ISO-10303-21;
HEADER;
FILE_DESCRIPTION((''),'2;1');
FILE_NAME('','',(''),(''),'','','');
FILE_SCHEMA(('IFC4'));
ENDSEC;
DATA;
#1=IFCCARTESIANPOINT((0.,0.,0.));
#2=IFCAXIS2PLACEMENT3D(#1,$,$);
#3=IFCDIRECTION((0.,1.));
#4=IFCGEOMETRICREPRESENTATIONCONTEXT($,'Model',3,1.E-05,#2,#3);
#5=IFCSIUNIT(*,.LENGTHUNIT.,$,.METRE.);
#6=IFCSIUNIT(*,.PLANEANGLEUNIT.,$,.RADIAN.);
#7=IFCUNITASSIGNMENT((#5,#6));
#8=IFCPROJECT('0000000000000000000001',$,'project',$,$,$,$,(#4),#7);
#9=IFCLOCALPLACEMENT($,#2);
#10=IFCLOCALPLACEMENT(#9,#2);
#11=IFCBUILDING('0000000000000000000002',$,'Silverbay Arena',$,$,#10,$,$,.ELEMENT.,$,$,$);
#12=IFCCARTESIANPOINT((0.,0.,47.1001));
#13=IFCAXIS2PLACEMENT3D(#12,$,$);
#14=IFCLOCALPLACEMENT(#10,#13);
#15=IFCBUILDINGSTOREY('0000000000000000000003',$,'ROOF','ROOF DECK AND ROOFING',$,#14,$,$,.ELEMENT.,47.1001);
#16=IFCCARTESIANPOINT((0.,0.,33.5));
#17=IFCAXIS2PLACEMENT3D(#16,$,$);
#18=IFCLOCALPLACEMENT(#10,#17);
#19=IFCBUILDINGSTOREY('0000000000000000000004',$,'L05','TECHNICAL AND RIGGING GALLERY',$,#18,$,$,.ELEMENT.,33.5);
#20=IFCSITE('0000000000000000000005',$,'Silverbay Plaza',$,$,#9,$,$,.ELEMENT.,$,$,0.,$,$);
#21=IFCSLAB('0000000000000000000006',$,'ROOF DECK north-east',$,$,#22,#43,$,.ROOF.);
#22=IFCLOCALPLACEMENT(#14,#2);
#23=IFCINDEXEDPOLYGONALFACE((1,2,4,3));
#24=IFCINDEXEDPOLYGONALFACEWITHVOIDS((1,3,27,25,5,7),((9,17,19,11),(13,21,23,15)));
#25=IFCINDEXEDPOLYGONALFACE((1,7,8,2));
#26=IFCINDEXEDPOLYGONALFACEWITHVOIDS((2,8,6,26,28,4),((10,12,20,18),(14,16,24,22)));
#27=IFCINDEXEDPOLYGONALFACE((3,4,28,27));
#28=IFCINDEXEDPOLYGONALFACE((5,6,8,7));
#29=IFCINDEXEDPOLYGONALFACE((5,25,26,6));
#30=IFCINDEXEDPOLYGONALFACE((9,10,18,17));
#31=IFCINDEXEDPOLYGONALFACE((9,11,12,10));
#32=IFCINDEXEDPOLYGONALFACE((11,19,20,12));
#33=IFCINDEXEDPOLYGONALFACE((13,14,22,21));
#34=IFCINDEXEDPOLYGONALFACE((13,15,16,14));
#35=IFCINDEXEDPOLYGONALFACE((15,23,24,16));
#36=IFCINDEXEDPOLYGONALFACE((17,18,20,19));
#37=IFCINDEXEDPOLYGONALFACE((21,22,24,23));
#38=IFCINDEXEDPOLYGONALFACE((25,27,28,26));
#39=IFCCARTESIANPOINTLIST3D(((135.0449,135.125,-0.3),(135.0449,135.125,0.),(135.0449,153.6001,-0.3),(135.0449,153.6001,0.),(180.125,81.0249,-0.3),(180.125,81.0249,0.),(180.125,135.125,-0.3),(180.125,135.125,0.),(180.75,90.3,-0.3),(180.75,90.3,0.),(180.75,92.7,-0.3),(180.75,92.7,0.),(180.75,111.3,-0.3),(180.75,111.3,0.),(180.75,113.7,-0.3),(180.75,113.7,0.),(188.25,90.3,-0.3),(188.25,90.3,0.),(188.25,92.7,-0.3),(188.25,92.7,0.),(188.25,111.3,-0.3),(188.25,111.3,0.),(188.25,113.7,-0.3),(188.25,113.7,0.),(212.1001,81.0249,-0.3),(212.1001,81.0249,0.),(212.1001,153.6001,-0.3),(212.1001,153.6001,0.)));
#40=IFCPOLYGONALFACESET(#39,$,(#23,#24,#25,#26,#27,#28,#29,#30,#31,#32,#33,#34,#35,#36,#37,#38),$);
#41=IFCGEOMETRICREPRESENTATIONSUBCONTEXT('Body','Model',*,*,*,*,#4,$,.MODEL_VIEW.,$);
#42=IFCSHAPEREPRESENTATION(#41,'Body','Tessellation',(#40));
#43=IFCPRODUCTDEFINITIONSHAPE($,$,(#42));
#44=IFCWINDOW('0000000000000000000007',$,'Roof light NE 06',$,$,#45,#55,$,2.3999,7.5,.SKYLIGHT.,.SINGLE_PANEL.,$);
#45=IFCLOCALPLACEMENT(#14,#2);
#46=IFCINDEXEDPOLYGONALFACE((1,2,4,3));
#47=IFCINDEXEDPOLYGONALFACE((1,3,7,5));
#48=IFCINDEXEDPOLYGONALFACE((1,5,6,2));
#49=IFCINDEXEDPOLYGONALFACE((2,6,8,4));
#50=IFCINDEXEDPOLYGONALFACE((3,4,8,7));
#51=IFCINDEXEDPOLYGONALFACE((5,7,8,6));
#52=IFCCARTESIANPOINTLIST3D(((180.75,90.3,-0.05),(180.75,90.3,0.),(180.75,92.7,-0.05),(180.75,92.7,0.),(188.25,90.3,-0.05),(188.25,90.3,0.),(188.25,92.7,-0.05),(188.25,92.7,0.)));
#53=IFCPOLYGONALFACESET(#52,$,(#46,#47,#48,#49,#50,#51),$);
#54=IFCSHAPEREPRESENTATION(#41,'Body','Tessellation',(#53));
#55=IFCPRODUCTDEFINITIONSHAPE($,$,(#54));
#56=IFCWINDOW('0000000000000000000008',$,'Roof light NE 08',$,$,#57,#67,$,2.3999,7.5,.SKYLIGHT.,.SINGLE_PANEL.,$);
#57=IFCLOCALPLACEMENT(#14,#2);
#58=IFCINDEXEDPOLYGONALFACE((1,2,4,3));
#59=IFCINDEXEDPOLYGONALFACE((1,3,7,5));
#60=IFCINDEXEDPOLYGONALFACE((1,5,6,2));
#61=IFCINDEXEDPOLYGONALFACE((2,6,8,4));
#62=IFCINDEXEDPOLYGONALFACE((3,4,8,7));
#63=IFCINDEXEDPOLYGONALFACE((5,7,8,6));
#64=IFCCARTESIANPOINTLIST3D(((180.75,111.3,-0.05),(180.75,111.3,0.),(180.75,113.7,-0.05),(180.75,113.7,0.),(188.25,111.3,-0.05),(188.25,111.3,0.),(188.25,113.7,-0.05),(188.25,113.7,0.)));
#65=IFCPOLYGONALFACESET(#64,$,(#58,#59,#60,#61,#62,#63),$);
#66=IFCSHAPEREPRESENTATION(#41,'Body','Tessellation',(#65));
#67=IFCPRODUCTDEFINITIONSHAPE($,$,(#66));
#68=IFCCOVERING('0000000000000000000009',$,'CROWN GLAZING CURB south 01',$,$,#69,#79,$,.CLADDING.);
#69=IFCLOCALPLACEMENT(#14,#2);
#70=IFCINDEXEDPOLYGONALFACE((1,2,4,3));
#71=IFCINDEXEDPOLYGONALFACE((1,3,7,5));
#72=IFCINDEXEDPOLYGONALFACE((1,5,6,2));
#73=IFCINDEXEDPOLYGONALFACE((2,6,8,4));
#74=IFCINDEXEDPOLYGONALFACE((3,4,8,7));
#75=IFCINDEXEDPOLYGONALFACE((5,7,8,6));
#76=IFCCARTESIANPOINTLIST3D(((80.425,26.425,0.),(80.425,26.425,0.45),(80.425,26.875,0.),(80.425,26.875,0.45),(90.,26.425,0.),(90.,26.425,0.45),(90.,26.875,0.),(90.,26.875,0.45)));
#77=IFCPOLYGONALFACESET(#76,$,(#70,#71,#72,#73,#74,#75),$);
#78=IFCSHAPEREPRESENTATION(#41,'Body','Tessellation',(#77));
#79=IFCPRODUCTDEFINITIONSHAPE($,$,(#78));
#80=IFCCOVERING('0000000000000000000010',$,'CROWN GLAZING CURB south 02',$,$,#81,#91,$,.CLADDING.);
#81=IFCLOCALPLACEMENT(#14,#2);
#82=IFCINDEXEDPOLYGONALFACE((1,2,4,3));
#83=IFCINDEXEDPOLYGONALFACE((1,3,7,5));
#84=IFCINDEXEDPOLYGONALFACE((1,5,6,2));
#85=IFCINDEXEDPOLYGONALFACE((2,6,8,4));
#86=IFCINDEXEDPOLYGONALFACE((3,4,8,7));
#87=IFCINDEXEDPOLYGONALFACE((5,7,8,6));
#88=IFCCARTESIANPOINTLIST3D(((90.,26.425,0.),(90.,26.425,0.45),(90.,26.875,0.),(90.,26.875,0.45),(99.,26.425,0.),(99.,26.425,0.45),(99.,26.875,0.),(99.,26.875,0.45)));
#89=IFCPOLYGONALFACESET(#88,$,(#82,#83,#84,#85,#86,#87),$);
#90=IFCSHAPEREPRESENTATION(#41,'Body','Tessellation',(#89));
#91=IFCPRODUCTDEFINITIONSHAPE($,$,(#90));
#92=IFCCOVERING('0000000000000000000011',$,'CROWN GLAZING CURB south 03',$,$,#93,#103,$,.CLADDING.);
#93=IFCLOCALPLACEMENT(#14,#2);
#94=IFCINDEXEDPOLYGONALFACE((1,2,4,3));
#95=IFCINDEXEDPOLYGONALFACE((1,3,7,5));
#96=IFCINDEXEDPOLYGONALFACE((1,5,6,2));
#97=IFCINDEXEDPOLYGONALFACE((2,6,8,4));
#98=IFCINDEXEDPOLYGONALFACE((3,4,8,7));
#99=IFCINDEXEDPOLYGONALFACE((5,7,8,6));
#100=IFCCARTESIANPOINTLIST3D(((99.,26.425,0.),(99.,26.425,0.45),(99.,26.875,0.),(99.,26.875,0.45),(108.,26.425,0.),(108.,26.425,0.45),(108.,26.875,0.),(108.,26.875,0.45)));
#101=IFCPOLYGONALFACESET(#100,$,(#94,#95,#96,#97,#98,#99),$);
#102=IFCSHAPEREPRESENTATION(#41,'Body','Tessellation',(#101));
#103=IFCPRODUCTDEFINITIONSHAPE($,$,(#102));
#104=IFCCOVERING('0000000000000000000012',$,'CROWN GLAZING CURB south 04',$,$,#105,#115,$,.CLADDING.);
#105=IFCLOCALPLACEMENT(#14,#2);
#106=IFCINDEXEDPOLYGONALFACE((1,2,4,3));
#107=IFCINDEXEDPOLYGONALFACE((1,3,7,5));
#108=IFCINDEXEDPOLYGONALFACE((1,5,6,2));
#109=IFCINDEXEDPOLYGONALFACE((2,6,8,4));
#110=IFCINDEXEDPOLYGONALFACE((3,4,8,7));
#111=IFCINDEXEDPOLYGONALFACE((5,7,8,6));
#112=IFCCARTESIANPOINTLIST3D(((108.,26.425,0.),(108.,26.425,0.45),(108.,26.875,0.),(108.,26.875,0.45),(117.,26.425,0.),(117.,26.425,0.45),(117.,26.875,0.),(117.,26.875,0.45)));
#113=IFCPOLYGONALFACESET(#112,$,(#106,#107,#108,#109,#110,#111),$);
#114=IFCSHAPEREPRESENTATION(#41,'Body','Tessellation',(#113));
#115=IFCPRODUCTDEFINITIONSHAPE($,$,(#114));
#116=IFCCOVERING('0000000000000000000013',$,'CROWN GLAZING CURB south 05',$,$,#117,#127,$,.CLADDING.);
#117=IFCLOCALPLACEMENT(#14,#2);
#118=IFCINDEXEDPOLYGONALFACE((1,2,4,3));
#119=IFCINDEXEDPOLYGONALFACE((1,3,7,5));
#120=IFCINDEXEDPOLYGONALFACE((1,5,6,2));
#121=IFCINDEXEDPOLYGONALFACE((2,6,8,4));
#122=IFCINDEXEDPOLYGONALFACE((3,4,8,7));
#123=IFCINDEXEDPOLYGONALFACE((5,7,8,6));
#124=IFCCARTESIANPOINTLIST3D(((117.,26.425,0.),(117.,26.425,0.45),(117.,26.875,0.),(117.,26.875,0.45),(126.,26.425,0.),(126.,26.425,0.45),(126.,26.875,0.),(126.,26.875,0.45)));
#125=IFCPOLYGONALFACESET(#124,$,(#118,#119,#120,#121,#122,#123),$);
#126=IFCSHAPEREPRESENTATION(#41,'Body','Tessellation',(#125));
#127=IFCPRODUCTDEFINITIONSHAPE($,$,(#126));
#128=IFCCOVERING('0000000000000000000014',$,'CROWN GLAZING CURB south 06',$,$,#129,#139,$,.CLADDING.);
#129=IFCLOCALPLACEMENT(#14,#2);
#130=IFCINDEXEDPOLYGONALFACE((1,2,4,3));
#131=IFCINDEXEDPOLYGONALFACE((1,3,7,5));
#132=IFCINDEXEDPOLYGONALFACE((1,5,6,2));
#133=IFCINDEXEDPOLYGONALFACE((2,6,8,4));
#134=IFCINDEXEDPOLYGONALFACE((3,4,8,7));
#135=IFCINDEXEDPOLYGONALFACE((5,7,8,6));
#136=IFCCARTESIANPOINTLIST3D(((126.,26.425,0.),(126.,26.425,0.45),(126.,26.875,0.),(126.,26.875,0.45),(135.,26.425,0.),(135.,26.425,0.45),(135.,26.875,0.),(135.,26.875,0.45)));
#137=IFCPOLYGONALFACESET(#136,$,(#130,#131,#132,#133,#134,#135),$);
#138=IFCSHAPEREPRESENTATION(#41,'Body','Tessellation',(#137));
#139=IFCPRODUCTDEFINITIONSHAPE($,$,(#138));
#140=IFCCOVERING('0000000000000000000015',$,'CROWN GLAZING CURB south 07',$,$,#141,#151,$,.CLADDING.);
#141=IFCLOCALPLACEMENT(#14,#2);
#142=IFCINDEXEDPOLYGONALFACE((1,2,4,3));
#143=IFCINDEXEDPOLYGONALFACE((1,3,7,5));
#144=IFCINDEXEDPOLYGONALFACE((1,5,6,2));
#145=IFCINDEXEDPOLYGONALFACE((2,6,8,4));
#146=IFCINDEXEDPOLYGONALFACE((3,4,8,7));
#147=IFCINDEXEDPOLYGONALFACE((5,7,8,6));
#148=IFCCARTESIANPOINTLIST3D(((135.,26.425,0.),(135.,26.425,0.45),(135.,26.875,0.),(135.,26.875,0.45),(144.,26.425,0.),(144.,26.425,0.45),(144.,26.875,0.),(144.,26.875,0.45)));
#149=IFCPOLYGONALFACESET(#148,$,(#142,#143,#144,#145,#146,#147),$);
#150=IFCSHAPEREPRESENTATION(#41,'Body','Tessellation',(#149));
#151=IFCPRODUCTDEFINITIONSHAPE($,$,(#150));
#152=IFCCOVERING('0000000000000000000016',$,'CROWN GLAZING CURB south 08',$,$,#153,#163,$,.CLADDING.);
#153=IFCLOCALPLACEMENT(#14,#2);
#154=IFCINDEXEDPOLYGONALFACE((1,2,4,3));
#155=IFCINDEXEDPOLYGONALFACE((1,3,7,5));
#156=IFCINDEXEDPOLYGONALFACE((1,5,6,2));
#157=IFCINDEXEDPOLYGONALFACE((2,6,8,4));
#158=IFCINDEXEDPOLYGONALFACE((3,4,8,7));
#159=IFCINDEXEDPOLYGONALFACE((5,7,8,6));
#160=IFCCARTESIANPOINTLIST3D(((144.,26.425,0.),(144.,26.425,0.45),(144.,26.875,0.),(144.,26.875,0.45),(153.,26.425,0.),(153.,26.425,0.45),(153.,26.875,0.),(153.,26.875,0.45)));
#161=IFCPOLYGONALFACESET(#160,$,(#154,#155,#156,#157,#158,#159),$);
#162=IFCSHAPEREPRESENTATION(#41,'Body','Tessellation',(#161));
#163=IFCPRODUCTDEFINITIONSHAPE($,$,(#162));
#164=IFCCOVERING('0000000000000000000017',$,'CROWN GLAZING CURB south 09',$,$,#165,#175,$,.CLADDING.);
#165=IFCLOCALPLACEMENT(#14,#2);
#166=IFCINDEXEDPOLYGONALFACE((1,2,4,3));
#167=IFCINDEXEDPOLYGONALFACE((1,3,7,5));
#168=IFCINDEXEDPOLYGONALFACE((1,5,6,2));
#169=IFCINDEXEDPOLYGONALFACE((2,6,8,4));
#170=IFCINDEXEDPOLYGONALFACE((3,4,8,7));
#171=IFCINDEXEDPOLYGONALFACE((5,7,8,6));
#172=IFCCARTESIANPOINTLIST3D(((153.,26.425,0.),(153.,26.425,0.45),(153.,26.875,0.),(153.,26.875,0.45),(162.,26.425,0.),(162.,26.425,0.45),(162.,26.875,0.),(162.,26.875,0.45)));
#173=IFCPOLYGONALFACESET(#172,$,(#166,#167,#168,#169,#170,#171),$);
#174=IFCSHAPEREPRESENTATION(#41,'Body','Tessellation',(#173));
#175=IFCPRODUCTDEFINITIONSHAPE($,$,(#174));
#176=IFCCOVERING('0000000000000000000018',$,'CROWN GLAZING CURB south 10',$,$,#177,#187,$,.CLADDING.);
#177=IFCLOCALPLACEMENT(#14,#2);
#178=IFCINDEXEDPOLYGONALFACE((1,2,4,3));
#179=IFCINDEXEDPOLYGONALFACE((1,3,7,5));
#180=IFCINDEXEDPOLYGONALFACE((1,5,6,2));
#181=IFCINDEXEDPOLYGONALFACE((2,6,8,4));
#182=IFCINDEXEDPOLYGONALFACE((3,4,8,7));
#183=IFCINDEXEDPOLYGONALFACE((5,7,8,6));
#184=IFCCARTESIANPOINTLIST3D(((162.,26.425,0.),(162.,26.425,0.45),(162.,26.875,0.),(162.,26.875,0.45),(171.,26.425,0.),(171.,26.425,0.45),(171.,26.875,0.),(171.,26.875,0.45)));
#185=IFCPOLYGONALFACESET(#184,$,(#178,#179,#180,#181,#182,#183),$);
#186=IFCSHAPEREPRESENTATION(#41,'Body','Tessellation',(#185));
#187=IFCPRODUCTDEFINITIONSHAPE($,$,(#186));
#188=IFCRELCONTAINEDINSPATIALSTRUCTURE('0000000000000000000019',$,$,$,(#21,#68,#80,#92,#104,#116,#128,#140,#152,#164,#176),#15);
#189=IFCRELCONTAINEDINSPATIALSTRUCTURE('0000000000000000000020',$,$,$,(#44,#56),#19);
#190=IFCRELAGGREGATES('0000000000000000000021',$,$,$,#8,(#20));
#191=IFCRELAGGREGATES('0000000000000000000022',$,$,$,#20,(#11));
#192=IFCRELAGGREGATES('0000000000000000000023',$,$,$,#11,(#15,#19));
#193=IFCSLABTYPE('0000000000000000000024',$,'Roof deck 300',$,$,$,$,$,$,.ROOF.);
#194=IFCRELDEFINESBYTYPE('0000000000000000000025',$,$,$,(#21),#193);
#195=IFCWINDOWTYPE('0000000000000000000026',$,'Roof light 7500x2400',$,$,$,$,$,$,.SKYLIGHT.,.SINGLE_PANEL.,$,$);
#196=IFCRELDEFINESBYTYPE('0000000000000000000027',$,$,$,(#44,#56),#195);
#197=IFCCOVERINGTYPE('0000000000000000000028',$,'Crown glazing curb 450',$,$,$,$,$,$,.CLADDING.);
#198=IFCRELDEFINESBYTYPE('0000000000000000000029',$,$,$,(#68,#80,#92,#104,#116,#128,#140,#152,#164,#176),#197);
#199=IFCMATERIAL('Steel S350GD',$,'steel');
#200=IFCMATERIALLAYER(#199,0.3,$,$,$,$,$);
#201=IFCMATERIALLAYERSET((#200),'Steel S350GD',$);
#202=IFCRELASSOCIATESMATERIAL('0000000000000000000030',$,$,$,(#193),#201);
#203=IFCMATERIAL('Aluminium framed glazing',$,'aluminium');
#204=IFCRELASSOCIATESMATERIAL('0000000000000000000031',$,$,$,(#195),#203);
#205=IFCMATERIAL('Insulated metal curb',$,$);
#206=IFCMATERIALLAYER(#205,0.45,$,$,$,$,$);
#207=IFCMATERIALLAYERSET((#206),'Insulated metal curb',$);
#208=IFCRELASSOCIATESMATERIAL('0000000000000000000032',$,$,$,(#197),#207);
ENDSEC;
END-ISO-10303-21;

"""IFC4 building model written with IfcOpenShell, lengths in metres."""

from ifc_helpers import new_model, si_unit, direction, frame, origin, origin_2d, place, context, subcontext, project, spatial, polyline, rectangle, outline, extrude, material, layer, layer_set, type_object, element, fill, save


model = new_model("IFC4")

# Units and contexts
model_context = context("Model", 3, precision=1e-05, world=origin(), true_north=direction((0.0, 1.0)))
body_context = subcontext(model_context, "Body", "Model", "MODEL_VIEW")
ifc_project = project(units=[si_unit("LENGTHUNIT", "METRE"), si_unit("PLANEANGLEUNIT", "RADIAN")], contexts=[model_context])

# Site, building, storey
site_placement = place(None, origin())
site = spatial("IfcSite", under=ifc_project, at=site_placement, Name="Silverbay Plaza", CompositionType="ELEMENT", RefElevation=0.0)
building_placement = place(site_placement, origin())
building = spatial("IfcBuilding", under=site, at=building_placement, Name="Silverbay Arena", CompositionType="ELEMENT")
storey_1_placement = place(building_placement, frame((0.0, 0.0, 47.1001)))
storey_1 = spatial("IfcBuildingStorey", under=building, at=storey_1_placement, Name="ROOF", Description="ROOF DECK AND ROOFING", CompositionType="ELEMENT", Elevation=47.1001)

# Shared definitions
ifc_material_1 = material(Name="Steel S350GD", Category="steel")
ifc_layer_1 = layer(ifc_material_1, 0.3)
ifc_layer_set_1 = layer_set([ifc_layer_1], Name="Steel S350GD")
slab_type = type_object("IfcSlabType", Name="Roof deck 300", PredefinedType="ROOF", material=ifc_layer_set_1)

# Shared definitions
storey_2_placement = place(building_placement, frame((0.0, 0.0, 33.5)))
storey_2 = spatial("IfcBuildingStorey", under=building, at=storey_2_placement, Name="L05", Description="TECHNICAL AND RIGGING GALLERY", CompositionType="ELEMENT", Elevation=33.5)

# Shared definitions
ifc_material_2 = material(Name="Aluminium framed glazing", Category="aluminium")
window_type = type_object("IfcWindowType", Name="Roof light 7500x2400", PartitioningType="SINGLE_PANEL", PredefinedType="SKYLIGHT", material=ifc_material_2)

# Slab, openings, windows
slab_1_placement = place(storey_1_placement, frame((0.0, 0.0, -0.3)))
slab_1 = element("IfcSlab", 1, at=slab_1_placement, inside=storey_1, type_object=slab_type, Name="ROOF DECK north-east", PredefinedType="ROOF", context=body_context, shape_type="SweptSolid", body=[
    extrude(outline(polyline([(135.0449, 153.6001), (135.0449, 135.125), (180.125, 135.125), (180.125, 81.0249), (212.1001, 81.0249), (212.1001, 153.6001), (135.0449, 153.6001)])), origin(), (0.0, 0.0, 1.0), 0.3),
])
opening_1_placement = place(slab_1_placement, frame((184.5, 91.5, 0.0)))
opening_1 = element("IfcOpeningElement", 2, at=opening_1_placement, cuts=slab_1, PredefinedType="OPENING", context=body_context, shape_type="SweptSolid", body=[
    extrude(rectangle(XDim=7.5, YDim=2.3999, at=origin_2d()), origin(), (0.0, 0.0, 1.0), 0.3),
])
opening_2_placement = place(slab_1_placement, frame((184.5, 112.5, 0.0)))
opening_2 = element("IfcOpeningElement", 3, at=opening_2_placement, cuts=slab_1, PredefinedType="OPENING", context=body_context, shape_type="SweptSolid", body=[
    extrude(rectangle(XDim=7.5, YDim=2.3999, at=origin_2d()), origin(), (0.0, 0.0, 1.0), 0.3),
])
window_1_placement = place(opening_1_placement, frame((0.0, 0.0, 0.25)))
window_1 = element("IfcWindow", 4, at=window_1_placement, inside=storey_2, type_object=window_type, Name="Roof light NE 06", OverallHeight=2.3999, OverallWidth=7.5, PartitioningType="SINGLE_PANEL", PredefinedType="SKYLIGHT", context=body_context, shape_type="SweptSolid", body=[
    extrude(rectangle(XDim=7.5, YDim=2.3999, at=origin_2d()), origin(), (0.0, 0.0, 1.0), 0.05),
])
fill(opening_1, window_1)
window_2_placement = place(opening_2_placement, frame((0.0, 0.0, 0.25)))
window_2 = element("IfcWindow", 5, at=window_2_placement, inside=storey_2, type_object=window_type, Name="Roof light NE 08", OverallHeight=2.3999, OverallWidth=7.5, PartitioningType="SINGLE_PANEL", PredefinedType="SKYLIGHT", context=body_context, shape_type="SweptSolid", body=[
    extrude(rectangle(XDim=7.5, YDim=2.3999, at=origin_2d()), origin(), (0.0, 0.0, 1.0), 0.05),
])
fill(opening_2, window_2)

# Coverings
ifc_material_3 = material(Name="Insulated metal curb")
ifc_layer_2 = layer(ifc_material_3, 0.45)
ifc_layer_set_2 = layer_set([ifc_layer_2], Name="Insulated metal curb")
covering_type_1 = type_object("IfcCoveringType", Name="Crown glazing curb 450", PredefinedType="CLADDING", material=ifc_layer_set_2)
covering_1_placement = place(storey_1_placement, origin())
element("IfcCovering", 6, at=covering_1_placement, inside=storey_1, type_object=covering_type_1, Name="CROWN GLAZING CURB south 01", PredefinedType="CLADDING", context=body_context, shape_type="SweptSolid", body=[
    extrude(outline(polyline([(80.425, 26.425), (90.0, 26.425), (90.0, 26.875), (80.425, 26.875), (80.425, 26.425)])), origin(), (0.0, 0.0, 1.0), 0.45),
])
covering_2_placement = place(storey_1_placement, origin())
element("IfcCovering", 7, at=covering_2_placement, inside=storey_1, type_object=covering_type_1, Name="CROWN GLAZING CURB south 02", PredefinedType="CLADDING", context=body_context, shape_type="SweptSolid", body=[
    extrude(outline(polyline([(90.0, 26.425), (99.0, 26.425), (99.0, 26.875), (90.0, 26.875), (90.0, 26.425)])), origin(), (0.0, 0.0, 1.0), 0.45),
])
covering_3_placement = place(storey_1_placement, origin())
element("IfcCovering", 8, at=covering_3_placement, inside=storey_1, type_object=covering_type_1, Name="CROWN GLAZING CURB south 03", PredefinedType="CLADDING", context=body_context, shape_type="SweptSolid", body=[
    extrude(outline(polyline([(99.0, 26.425), (108.0, 26.425), (108.0, 26.875), (99.0, 26.875), (99.0, 26.425)])), origin(), (0.0, 0.0, 1.0), 0.45),
])
covering_4_placement = place(storey_1_placement, origin())
element("IfcCovering", 9, at=covering_4_placement, inside=storey_1, type_object=covering_type_1, Name="CROWN GLAZING CURB south 04", PredefinedType="CLADDING", context=body_context, shape_type="SweptSolid", body=[
    extrude(outline(polyline([(108.0, 26.425), (117.0, 26.425), (117.0, 26.875), (108.0, 26.875), (108.0, 26.425)])), origin(), (0.0, 0.0, 1.0), 0.45),
])
covering_5_placement = place(storey_1_placement, origin())
element("IfcCovering", 10, at=covering_5_placement, inside=storey_1, type_object=covering_type_1, Name="CROWN GLAZING CURB south 05", PredefinedType="CLADDING", context=body_context, shape_type="SweptSolid", body=[
    extrude(outline(polyline([(117.0, 26.425), (126.0, 26.425), (126.0, 26.875), (117.0, 26.875), (117.0, 26.425)])), origin(), (0.0, 0.0, 1.0), 0.45),
])
covering_6_placement = place(storey_1_placement, origin())
element("IfcCovering", 11, at=covering_6_placement, inside=storey_1, type_object=covering_type_1, Name="CROWN GLAZING CURB south 06", PredefinedType="CLADDING", context=body_context, shape_type="SweptSolid", body=[
    extrude(outline(polyline([(126.0, 26.425), (135.0, 26.425), (135.0, 26.875), (126.0, 26.875), (126.0, 26.425)])), origin(), (0.0, 0.0, 1.0), 0.45),
])
covering_7_placement = place(storey_1_placement, origin())
element("IfcCovering", 12, at=covering_7_placement, inside=storey_1, type_object=covering_type_1, Name="CROWN GLAZING CURB south 07", PredefinedType="CLADDING", context=body_context, shape_type="SweptSolid", body=[
    extrude(outline(polyline([(135.0, 26.425), (144.0, 26.425), (144.0, 26.875), (135.0, 26.875), (135.0, 26.425)])), origin(), (0.0, 0.0, 1.0), 0.45),
])
covering_8_placement = place(storey_1_placement, origin())
element("IfcCovering", 13, at=covering_8_placement, inside=storey_1, type_object=covering_type_1, Name="CROWN GLAZING CURB south 08", PredefinedType="CLADDING", context=body_context, shape_type="SweptSolid", body=[
    extrude(outline(polyline([(144.0, 26.425), (153.0, 26.425), (153.0, 26.875), (144.0, 26.875), (144.0, 26.425)])), origin(), (0.0, 0.0, 1.0), 0.45),
])
covering_9_placement = place(storey_1_placement, origin())
element("IfcCovering", 14, at=covering_9_placement, inside=storey_1, type_object=covering_type_1, Name="CROWN GLAZING CURB south 09", PredefinedType="CLADDING", context=body_context, shape_type="SweptSolid", body=[
    extrude(outline(polyline([(153.0, 26.425), (162.0, 26.425), (162.0, 26.875), (153.0, 26.875), (153.0, 26.425)])), origin(), (0.0, 0.0, 1.0), 0.45),
])
covering_10_placement = place(storey_1_placement, origin())
element("IfcCovering", 15, at=covering_10_placement, inside=storey_1, type_object=covering_type_1, Name="CROWN GLAZING CURB south 10", PredefinedType="CLADDING", context=body_context, shape_type="SweptSolid", body=[
    extrude(outline(polyline([(162.0, 26.425), (171.0, 26.425), (171.0, 26.875), (162.0, 26.875), (162.0, 26.425)])), origin(), (0.0, 0.0, 1.0), 0.45),
])

save(model, "model.ifc")
